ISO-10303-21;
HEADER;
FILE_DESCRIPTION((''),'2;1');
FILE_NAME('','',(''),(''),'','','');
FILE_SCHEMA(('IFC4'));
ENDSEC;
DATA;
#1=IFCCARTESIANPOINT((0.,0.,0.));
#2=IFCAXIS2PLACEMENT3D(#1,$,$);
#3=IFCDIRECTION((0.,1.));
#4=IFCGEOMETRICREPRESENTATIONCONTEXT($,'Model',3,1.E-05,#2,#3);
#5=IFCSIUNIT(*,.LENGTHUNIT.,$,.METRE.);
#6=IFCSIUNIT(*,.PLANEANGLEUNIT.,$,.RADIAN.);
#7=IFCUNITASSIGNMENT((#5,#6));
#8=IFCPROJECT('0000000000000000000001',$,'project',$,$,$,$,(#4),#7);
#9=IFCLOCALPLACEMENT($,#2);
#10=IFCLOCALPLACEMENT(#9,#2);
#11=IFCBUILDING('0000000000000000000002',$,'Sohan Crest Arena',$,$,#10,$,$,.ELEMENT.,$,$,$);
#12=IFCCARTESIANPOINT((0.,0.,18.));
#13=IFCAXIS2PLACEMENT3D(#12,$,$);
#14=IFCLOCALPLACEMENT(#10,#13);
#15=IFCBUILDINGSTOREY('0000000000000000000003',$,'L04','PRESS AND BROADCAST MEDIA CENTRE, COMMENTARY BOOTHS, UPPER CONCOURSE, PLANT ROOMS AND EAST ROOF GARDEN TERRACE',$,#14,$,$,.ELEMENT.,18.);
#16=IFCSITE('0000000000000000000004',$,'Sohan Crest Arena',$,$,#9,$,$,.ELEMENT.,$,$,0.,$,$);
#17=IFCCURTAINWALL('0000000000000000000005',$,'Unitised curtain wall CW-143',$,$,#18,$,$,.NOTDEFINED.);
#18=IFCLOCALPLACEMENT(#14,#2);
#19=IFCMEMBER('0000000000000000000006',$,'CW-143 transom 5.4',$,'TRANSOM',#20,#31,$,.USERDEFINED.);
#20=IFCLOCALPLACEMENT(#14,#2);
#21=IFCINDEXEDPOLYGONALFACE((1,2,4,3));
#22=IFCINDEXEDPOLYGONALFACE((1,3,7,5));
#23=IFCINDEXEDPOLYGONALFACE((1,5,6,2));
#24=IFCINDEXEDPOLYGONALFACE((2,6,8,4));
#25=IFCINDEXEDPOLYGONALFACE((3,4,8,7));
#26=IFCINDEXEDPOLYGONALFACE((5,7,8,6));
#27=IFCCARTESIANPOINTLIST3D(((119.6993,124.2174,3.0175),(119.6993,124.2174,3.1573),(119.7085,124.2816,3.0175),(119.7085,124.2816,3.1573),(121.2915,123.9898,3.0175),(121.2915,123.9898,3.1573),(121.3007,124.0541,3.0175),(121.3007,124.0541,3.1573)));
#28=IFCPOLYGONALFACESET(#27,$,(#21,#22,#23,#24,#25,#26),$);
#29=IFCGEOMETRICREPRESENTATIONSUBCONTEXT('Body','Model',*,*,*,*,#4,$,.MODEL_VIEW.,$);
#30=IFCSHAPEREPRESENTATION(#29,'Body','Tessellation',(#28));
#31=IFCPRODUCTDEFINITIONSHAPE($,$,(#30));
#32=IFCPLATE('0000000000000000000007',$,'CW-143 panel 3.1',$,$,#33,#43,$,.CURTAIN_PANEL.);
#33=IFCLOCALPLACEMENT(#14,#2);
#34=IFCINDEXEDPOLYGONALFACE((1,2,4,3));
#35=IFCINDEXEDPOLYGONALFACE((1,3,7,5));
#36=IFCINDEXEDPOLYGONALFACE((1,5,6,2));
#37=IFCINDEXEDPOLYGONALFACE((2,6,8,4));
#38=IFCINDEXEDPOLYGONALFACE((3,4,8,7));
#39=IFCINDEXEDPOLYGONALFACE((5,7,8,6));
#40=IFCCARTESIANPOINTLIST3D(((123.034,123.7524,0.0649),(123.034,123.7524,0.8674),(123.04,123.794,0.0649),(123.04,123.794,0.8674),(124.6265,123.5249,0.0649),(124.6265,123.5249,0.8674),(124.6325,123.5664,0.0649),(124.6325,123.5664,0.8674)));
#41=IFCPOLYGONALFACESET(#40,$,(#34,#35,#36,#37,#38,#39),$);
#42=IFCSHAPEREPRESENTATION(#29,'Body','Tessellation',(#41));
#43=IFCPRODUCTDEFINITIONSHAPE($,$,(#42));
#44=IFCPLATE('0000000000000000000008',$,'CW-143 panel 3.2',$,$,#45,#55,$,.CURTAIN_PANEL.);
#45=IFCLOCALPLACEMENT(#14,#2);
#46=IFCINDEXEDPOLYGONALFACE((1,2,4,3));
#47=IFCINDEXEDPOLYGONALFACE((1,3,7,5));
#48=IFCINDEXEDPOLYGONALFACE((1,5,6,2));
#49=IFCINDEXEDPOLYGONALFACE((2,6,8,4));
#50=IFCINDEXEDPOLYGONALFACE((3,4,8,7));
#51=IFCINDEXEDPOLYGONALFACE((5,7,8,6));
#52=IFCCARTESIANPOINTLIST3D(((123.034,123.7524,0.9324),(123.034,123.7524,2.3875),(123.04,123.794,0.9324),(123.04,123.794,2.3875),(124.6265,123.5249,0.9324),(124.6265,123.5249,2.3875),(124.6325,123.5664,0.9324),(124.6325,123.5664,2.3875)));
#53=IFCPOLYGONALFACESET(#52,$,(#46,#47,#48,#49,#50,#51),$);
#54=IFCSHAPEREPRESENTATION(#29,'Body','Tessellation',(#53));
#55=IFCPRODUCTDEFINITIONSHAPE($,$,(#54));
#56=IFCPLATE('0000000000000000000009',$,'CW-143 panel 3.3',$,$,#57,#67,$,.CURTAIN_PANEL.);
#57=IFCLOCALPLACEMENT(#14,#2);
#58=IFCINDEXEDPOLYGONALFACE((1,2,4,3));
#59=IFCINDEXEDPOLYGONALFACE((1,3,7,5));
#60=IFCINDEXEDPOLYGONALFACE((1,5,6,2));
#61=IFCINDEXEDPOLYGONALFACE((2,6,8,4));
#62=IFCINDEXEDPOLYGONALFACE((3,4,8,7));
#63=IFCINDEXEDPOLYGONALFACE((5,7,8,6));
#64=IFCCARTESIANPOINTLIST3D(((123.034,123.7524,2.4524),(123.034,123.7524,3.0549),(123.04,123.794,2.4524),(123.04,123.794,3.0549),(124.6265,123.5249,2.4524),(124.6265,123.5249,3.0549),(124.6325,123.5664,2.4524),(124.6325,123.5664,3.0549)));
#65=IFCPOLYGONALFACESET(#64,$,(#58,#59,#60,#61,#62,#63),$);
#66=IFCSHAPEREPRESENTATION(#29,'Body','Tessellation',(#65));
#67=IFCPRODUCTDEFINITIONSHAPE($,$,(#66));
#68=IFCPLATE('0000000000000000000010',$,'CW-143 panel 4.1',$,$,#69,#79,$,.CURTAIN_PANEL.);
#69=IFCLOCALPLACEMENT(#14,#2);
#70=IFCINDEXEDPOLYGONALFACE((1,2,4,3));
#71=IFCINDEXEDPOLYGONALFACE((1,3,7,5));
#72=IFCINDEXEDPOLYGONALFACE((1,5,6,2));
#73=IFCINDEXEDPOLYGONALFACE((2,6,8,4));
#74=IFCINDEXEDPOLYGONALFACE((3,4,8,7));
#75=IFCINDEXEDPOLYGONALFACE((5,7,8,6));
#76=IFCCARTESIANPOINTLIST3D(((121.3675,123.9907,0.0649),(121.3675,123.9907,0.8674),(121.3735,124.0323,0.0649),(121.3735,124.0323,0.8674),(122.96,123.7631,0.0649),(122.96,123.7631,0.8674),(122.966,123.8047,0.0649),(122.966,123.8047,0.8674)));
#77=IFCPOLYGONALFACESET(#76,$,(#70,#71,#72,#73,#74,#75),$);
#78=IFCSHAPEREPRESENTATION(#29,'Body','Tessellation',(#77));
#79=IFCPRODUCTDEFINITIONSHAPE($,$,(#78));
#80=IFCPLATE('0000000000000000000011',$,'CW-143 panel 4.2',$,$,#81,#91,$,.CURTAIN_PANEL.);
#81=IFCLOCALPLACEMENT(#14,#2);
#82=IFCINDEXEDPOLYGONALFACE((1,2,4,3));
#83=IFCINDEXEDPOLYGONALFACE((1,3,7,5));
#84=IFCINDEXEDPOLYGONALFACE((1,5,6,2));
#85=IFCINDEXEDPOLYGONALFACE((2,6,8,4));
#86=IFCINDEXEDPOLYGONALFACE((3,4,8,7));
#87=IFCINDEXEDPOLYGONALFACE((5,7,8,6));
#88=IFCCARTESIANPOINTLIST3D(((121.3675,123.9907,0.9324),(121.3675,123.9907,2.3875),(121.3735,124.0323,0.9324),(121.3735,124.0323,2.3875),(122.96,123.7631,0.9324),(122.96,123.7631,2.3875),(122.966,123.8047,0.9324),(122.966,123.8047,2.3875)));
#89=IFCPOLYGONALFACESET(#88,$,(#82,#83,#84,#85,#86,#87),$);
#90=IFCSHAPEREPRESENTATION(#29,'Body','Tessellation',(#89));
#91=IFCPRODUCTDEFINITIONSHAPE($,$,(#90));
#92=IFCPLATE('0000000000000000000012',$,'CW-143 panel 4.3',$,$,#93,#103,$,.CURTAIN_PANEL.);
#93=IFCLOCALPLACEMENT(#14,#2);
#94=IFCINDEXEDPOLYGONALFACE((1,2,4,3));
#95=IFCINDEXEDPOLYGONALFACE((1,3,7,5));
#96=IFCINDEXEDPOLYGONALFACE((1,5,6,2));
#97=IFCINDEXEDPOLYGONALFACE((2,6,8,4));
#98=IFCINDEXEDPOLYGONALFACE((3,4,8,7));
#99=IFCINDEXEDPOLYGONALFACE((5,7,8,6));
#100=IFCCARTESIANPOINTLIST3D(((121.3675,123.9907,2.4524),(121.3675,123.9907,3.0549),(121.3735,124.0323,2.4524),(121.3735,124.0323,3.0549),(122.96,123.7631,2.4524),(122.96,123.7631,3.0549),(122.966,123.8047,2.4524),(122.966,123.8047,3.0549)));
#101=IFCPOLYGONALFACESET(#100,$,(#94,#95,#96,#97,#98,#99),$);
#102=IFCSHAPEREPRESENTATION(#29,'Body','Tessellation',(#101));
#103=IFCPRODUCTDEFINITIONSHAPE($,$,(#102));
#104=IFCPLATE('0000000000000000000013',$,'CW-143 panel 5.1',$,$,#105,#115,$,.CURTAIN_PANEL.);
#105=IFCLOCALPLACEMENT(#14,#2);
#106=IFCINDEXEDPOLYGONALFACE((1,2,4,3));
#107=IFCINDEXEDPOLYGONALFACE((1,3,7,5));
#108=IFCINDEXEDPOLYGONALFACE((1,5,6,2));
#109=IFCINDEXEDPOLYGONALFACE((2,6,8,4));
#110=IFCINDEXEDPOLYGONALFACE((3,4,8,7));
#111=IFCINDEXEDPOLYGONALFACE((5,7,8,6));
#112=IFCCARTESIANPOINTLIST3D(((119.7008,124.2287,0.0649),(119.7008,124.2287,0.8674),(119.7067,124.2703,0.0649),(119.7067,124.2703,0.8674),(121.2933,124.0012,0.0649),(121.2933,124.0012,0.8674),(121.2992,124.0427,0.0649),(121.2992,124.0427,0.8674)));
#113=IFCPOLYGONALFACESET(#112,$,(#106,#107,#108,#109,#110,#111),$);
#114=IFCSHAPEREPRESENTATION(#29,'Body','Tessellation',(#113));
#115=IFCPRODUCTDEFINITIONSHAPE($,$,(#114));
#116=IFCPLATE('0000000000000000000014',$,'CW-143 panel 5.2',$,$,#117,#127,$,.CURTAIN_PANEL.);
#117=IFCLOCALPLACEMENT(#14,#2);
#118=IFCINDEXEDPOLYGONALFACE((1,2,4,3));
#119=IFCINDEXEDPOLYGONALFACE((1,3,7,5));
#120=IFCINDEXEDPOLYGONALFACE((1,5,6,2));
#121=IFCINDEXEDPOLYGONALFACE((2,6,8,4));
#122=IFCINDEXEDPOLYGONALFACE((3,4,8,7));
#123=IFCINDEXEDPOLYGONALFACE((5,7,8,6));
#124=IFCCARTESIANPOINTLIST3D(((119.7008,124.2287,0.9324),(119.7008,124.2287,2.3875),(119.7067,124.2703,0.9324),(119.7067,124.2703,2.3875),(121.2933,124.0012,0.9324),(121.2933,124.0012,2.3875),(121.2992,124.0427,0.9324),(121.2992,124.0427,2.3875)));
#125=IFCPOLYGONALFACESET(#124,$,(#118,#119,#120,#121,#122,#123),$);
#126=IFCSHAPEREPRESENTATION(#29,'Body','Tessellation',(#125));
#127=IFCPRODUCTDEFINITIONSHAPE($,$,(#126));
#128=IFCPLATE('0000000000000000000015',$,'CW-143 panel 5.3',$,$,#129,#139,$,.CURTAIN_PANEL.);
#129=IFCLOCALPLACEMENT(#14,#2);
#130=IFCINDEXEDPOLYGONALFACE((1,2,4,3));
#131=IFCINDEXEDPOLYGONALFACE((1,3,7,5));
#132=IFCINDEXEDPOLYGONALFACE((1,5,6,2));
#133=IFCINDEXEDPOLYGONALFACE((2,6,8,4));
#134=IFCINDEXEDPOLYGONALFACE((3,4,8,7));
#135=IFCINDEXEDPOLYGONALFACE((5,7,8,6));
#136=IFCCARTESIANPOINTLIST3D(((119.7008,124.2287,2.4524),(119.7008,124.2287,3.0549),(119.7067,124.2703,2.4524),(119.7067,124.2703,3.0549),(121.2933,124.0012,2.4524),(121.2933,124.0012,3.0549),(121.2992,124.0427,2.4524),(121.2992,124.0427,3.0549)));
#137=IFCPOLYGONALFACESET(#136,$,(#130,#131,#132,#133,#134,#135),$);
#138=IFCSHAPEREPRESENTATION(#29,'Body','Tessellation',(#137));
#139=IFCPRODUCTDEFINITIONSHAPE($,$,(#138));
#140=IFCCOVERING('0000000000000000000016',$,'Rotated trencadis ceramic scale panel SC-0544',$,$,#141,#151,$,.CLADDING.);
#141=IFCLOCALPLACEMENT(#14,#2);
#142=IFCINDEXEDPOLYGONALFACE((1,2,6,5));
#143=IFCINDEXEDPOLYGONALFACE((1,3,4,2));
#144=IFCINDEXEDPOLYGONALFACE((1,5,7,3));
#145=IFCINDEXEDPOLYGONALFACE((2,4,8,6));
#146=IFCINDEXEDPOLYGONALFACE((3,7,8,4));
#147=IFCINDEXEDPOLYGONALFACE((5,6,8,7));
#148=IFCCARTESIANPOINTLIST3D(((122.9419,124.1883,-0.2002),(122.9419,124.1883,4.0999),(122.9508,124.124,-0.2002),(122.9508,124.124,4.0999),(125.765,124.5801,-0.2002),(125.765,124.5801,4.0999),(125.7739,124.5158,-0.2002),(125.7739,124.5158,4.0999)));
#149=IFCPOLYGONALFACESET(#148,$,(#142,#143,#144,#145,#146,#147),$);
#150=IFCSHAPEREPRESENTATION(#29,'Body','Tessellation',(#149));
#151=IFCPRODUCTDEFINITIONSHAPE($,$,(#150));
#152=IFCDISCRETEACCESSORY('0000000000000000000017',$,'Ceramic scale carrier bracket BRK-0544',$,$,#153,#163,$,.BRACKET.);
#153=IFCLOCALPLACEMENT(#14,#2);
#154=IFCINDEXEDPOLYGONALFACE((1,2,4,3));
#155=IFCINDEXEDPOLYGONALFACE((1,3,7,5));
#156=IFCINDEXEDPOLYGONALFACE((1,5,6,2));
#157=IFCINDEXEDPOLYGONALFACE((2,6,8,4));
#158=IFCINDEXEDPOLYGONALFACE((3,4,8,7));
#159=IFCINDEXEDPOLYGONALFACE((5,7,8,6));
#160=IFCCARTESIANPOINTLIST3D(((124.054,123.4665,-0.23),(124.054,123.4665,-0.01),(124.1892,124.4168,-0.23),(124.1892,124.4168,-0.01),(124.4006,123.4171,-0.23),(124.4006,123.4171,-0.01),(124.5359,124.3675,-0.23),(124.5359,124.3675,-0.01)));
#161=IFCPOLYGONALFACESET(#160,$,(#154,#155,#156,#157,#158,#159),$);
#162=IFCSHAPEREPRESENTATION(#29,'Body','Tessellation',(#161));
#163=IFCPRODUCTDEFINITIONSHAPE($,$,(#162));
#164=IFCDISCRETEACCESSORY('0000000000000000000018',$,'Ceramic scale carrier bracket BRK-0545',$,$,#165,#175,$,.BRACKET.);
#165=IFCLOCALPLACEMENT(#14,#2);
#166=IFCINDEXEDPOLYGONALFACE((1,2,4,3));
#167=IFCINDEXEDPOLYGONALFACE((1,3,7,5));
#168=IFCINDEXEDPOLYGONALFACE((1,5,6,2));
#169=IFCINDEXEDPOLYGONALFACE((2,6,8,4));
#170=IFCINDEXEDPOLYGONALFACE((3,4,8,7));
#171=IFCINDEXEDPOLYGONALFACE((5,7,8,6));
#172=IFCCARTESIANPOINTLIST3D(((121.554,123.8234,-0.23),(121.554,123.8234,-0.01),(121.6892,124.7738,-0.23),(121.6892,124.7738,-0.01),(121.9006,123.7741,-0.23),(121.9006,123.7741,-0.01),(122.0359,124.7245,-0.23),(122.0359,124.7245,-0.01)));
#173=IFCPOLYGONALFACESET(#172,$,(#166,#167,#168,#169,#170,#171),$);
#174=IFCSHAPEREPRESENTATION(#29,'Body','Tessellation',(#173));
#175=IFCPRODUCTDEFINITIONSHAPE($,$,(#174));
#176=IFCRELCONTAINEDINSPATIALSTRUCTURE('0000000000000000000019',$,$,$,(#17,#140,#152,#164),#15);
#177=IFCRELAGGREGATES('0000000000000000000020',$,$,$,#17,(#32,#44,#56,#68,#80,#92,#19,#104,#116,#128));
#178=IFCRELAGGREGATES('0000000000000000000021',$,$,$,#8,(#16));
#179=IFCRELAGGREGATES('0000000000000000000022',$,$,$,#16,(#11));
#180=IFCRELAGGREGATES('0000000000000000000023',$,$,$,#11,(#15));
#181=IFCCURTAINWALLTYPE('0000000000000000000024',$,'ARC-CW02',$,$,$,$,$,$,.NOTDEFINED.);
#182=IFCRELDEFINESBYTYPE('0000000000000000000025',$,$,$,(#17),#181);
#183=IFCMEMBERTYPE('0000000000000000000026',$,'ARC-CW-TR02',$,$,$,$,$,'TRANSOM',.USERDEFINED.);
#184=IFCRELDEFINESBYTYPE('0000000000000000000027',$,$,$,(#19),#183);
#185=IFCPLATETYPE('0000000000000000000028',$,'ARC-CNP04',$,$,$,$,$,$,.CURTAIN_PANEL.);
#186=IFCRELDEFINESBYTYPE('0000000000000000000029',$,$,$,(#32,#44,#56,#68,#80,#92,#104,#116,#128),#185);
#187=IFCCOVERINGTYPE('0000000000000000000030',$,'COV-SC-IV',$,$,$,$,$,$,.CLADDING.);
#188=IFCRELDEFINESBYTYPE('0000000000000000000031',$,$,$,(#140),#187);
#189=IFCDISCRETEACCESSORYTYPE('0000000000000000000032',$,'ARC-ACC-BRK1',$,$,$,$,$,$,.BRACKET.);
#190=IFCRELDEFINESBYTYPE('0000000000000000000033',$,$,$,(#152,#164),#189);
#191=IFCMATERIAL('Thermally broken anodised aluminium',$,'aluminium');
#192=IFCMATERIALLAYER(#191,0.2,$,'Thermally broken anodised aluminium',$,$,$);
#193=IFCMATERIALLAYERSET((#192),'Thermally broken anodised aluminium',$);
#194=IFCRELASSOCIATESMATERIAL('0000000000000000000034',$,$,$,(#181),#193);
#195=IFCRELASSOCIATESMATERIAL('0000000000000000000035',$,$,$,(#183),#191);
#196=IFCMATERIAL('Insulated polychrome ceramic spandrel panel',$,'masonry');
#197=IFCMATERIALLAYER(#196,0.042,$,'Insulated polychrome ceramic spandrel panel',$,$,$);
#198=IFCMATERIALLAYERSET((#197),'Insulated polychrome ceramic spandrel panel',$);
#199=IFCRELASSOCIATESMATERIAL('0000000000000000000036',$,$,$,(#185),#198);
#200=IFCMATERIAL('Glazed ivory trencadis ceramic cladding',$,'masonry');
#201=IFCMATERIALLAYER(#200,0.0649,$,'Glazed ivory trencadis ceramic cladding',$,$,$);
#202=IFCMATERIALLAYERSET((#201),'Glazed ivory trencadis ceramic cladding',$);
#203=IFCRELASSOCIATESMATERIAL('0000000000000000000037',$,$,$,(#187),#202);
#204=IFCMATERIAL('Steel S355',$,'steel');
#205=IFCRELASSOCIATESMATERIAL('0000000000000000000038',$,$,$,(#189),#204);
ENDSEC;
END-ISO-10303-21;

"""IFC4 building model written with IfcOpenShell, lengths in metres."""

from ifc_helpers import new_model, si_unit, direction, frame, origin, origin_2d, place, context, subcontext, project, spatial, rectangle, extrude, material, layer, layer_set, material_profile, profile_set, type_object, element, aggregate, save


model = new_model("IFC4")

# Units and contexts
model_context = context("Model", 3, precision=1e-05, world=origin(), true_north=direction((0.0, 1.0)))
body_context = subcontext(model_context, "Body", "Model", "MODEL_VIEW")
ifc_project = project(units=[si_unit("LENGTHUNIT", "METRE"), si_unit("PLANEANGLEUNIT", "RADIAN")], contexts=[model_context])

# Site, building, storey
site_placement = place(None, origin())
site = spatial("IfcSite", under=ifc_project, at=site_placement, Name="Sohan Crest Arena", CompositionType="ELEMENT", RefElevation=0.0)
building_placement = place(site_placement, origin())
building = spatial("IfcBuilding", under=site, at=building_placement, Name="Sohan Crest Arena", CompositionType="ELEMENT")
storey_placement = place(building_placement, frame((0.0, 0.0, 18.0)))
storey = spatial("IfcBuildingStorey", under=building, at=storey_placement, Name="L04", Description="PRESS AND BROADCAST MEDIA CENTRE, COMMENTARY BOOTHS, UPPER CONCOURSE, PLANT ROOMS AND EAST ROOF GARDEN TERRACE", CompositionType="ELEMENT", Elevation=18.0)

# Curtain wall, member, plates
ifc_material_1 = material(Name="Thermally broken anodised aluminium", Category="aluminium")
ifc_layer_1 = layer(ifc_material_1, 0.2, Name="Thermally broken anodised aluminium")
ifc_layer_set_1 = layer_set([ifc_layer_1], Name="Thermally broken anodised aluminium")
curtain_wall_type = type_object("IfcCurtainWallType", Name="ARC-CW02", PredefinedType="NOTDEFINED", material=ifc_layer_set_1)
curtain_wall_placement = place(storey_placement, origin())
curtain_wall = element("IfcCurtainWall", 1, at=curtain_wall_placement, inside=storey, type_object=curtain_wall_type, Name="Unitised curtain wall CW-143", PredefinedType="NOTDEFINED")
ifc_material_profile_1 = material_profile(ifc_material_1, rectangle(XDim=0.0649, YDim=0.1399, at=origin_2d()), Name="ALU-TRAN 65x140")
ifc_profile_set_1 = profile_set([ifc_material_profile_1], Name="Thermally broken anodised aluminium")
member_type_1 = type_object("IfcMemberType", Name="ARC-CW-TR02", ElementType="TRANSOM", PredefinedType="USERDEFINED", material=ifc_profile_set_1)
member_1_placement = place(storey_placement, frame((121.2961, 124.022, 3.0874), z_axis=(-0.989943, 0.141464, 0.0), x_axis=(-0.141464, -0.989943, 0.0)))
member_1 = element("IfcMember", 2, at=member_1_placement, type_object=member_type_1, Name="CW-143 transom 5.4", ObjectType="TRANSOM", PredefinedType="USERDEFINED", context=body_context, shape_type="SweptSolid", body=[
    extrude(rectangle(XDim=0.0649, YDim=0.1399, at=origin_2d()), origin(), (0.0, 0.0, 1.0), 1.6084),
])
ifc_material_2 = material(Name="Insulated polychrome ceramic spandrel panel", Category="masonry")
ifc_layer_2 = layer(ifc_material_2, 0.042, Name="Insulated polychrome ceramic spandrel panel")
ifc_layer_set_2 = layer_set([ifc_layer_2], Name="Insulated polychrome ceramic spandrel panel")
plate_type = type_object("IfcPlateType", Name="ARC-CNP04", PredefinedType="CURTAIN_PANEL", material=ifc_layer_set_2)
plate_1_placement = place(storey_placement, frame((123.8333, 123.6594, 0.0649), z_axis=(0.0, 0.0, 1.0), x_axis=(-0.989944, 0.141463, 0.0)))
plate_1 = element("IfcPlate", 3, at=plate_1_placement, type_object=plate_type, Name="CW-143 panel 3.1", PredefinedType="CURTAIN_PANEL", context=body_context, shape_type="SweptSolid", body=[
    extrude(rectangle(XDim=1.6086, YDim=0.042, at=origin_2d()), origin(), (0.0, 0.0, 1.0), 0.8025),
])
plate_2_placement = place(storey_placement, frame((123.8333, 123.6594, 0.9324), z_axis=(0.0, 0.0, 1.0), x_axis=(-0.989944, 0.141463, 0.0)))
plate_2 = element("IfcPlate", 4, at=plate_2_placement, type_object=plate_type, Name="CW-143 panel 3.2", PredefinedType="CURTAIN_PANEL", context=body_context, shape_type="SweptSolid", body=[
    extrude(rectangle(XDim=1.6086, YDim=0.042, at=origin_2d()), origin(), (0.0, 0.0, 1.0), 1.4551),
])
plate_3_placement = place(storey_placement, frame((123.8333, 123.6594, 2.4524), z_axis=(0.0, 0.0, 1.0), x_axis=(-0.989944, 0.141463, 0.0)))
plate_3 = element("IfcPlate", 5, at=plate_3_placement, type_object=plate_type, Name="CW-143 panel 3.3", PredefinedType="CURTAIN_PANEL", context=body_context, shape_type="SweptSolid", body=[
    extrude(rectangle(XDim=1.6086, YDim=0.042, at=origin_2d()), origin(), (0.0, 0.0, 1.0), 0.6025),
])
plate_4_placement = place(storey_placement, frame((122.1667, 123.8977, 0.0649), z_axis=(0.0, 0.0, 1.0), x_axis=(-0.989944, 0.141463, 0.0)))
plate_4 = element("IfcPlate", 6, at=plate_4_placement, type_object=plate_type, Name="CW-143 panel 4.1", PredefinedType="CURTAIN_PANEL", context=body_context, shape_type="SweptSolid", body=[
    extrude(rectangle(XDim=1.6086, YDim=0.042, at=origin_2d()), origin(), (0.0, 0.0, 1.0), 0.8025),
])
plate_5_placement = place(storey_placement, frame((122.1667, 123.8977, 0.9324), z_axis=(0.0, 0.0, 1.0), x_axis=(-0.989944, 0.141463, 0.0)))
plate_5 = element("IfcPlate", 7, at=plate_5_placement, type_object=plate_type, Name="CW-143 panel 4.2", PredefinedType="CURTAIN_PANEL", context=body_context, shape_type="SweptSolid", body=[
    extrude(rectangle(XDim=1.6086, YDim=0.042, at=origin_2d()), origin(), (0.0, 0.0, 1.0), 1.4551),
])
plate_6_placement = place(storey_placement, frame((122.1667, 123.8977, 2.4524), z_axis=(0.0, 0.0, 1.0), x_axis=(-0.989944, 0.141463, 0.0)))
plate_6 = element("IfcPlate", 8, at=plate_6_placement, type_object=plate_type, Name="CW-143 panel 4.3", PredefinedType="CURTAIN_PANEL", context=body_context, shape_type="SweptSolid", body=[
    extrude(rectangle(XDim=1.6086, YDim=0.042, at=origin_2d()), origin(), (0.0, 0.0, 1.0), 0.6025),
])
plate_7_placement = place(storey_placement, frame((120.5, 124.1357, 0.0649), z_axis=(0.0, 0.0, 1.0), x_axis=(-0.989944, 0.141463, 0.0)))
plate_7 = element("IfcPlate", 9, at=plate_7_placement, type_object=plate_type, Name="CW-143 panel 5.1", PredefinedType="CURTAIN_PANEL", context=body_context, shape_type="SweptSolid", body=[
    extrude(rectangle(XDim=1.6086, YDim=0.042, at=origin_2d()), origin(), (0.0, 0.0, 1.0), 0.8025),
])
plate_8_placement = place(storey_placement, frame((120.5, 124.1357, 0.9324), z_axis=(0.0, 0.0, 1.0), x_axis=(-0.989944, 0.141463, 0.0)))
plate_8 = element("IfcPlate", 10, at=plate_8_placement, type_object=plate_type, Name="CW-143 panel 5.2", PredefinedType="CURTAIN_PANEL", context=body_context, shape_type="SweptSolid", body=[
    extrude(rectangle(XDim=1.6086, YDim=0.042, at=origin_2d()), origin(), (0.0, 0.0, 1.0), 1.4551),
])
plate_9_placement = place(storey_placement, frame((120.5, 124.1357, 2.4524), z_axis=(0.0, 0.0, 1.0), x_axis=(-0.989944, 0.141463, 0.0)))
plate_9 = element("IfcPlate", 11, at=plate_9_placement, type_object=plate_type, Name="CW-143 panel 5.3", PredefinedType="CURTAIN_PANEL", context=body_context, shape_type="SweptSolid", body=[
    extrude(rectangle(XDim=1.6086, YDim=0.042, at=origin_2d()), origin(), (0.0, 0.0, 1.0), 0.6025),
])
aggregate(curtain_wall, [plate_1, plate_2, plate_3, plate_4, plate_5, plate_6, member_1, plate_7, plate_8, plate_9])

# Covering
ifc_material_3 = material(Name="Glazed ivory trencadis ceramic cladding", Category="masonry")
ifc_layer_3 = layer(ifc_material_3, 0.0649, Name="Glazed ivory trencadis ceramic cladding")
ifc_layer_set_3 = layer_set([ifc_layer_3], Name="Glazed ivory trencadis ceramic cladding")
covering_type = type_object("IfcCoveringType", Name="COV-SC-IV", PredefinedType="CLADDING", material=ifc_layer_set_3)
covering_placement = place(storey_placement, frame((124.3579, 124.3521, -0.2002), z_axis=(0.0, 0.0, 1.0), x_axis=(-0.990509, -0.137445, 0.0)))
element("IfcCovering", 12, at=covering_placement, inside=storey, type_object=covering_type, Name="Rotated trencadis ceramic scale panel SC-0544", PredefinedType="CLADDING", context=body_context, shape_type="SweptSolid", body=[
    extrude(rectangle(XDim=2.8501, YDim=0.0649, at=origin_2d()), origin(), (0.0, 0.0, 1.0), 4.3),
])

# Discrete accessories
ifc_material_4 = material(Name="Steel S355", Category="steel")
discrete_accessory_type = type_object("IfcDiscreteAccessoryType", Name="ARC-ACC-BRK1", PredefinedType="BRACKET", material=ifc_material_4)
for number, where, z_axis, x_axis, name in (
    (13, (124.2949, 123.917, -0.23), (0.0, 0.0, 1.0), (-0.990024, 0.140901, 0.0), "Ceramic scale carrier bracket BRK-0544"),
    (14, (121.7949, 124.2739, -0.23), (0.0, 0.0, 1.0), (-0.990024, 0.140901, 0.0), "Ceramic scale carrier bracket BRK-0545"),
):
    element("IfcDiscreteAccessory", number, at=place(storey_placement, frame(where, z_axis=z_axis, x_axis=x_axis)), inside=storey, type_object=discrete_accessory_type, Name=name, PredefinedType="BRACKET", context=body_context, shape_type="SweptSolid", body=[
        extrude(rectangle(XDim=0.3501, YDim=0.96, at=origin_2d()), origin(), (0.0, 0.0, 1.0), 0.22),
    ])

save(model, "model.ifc")
